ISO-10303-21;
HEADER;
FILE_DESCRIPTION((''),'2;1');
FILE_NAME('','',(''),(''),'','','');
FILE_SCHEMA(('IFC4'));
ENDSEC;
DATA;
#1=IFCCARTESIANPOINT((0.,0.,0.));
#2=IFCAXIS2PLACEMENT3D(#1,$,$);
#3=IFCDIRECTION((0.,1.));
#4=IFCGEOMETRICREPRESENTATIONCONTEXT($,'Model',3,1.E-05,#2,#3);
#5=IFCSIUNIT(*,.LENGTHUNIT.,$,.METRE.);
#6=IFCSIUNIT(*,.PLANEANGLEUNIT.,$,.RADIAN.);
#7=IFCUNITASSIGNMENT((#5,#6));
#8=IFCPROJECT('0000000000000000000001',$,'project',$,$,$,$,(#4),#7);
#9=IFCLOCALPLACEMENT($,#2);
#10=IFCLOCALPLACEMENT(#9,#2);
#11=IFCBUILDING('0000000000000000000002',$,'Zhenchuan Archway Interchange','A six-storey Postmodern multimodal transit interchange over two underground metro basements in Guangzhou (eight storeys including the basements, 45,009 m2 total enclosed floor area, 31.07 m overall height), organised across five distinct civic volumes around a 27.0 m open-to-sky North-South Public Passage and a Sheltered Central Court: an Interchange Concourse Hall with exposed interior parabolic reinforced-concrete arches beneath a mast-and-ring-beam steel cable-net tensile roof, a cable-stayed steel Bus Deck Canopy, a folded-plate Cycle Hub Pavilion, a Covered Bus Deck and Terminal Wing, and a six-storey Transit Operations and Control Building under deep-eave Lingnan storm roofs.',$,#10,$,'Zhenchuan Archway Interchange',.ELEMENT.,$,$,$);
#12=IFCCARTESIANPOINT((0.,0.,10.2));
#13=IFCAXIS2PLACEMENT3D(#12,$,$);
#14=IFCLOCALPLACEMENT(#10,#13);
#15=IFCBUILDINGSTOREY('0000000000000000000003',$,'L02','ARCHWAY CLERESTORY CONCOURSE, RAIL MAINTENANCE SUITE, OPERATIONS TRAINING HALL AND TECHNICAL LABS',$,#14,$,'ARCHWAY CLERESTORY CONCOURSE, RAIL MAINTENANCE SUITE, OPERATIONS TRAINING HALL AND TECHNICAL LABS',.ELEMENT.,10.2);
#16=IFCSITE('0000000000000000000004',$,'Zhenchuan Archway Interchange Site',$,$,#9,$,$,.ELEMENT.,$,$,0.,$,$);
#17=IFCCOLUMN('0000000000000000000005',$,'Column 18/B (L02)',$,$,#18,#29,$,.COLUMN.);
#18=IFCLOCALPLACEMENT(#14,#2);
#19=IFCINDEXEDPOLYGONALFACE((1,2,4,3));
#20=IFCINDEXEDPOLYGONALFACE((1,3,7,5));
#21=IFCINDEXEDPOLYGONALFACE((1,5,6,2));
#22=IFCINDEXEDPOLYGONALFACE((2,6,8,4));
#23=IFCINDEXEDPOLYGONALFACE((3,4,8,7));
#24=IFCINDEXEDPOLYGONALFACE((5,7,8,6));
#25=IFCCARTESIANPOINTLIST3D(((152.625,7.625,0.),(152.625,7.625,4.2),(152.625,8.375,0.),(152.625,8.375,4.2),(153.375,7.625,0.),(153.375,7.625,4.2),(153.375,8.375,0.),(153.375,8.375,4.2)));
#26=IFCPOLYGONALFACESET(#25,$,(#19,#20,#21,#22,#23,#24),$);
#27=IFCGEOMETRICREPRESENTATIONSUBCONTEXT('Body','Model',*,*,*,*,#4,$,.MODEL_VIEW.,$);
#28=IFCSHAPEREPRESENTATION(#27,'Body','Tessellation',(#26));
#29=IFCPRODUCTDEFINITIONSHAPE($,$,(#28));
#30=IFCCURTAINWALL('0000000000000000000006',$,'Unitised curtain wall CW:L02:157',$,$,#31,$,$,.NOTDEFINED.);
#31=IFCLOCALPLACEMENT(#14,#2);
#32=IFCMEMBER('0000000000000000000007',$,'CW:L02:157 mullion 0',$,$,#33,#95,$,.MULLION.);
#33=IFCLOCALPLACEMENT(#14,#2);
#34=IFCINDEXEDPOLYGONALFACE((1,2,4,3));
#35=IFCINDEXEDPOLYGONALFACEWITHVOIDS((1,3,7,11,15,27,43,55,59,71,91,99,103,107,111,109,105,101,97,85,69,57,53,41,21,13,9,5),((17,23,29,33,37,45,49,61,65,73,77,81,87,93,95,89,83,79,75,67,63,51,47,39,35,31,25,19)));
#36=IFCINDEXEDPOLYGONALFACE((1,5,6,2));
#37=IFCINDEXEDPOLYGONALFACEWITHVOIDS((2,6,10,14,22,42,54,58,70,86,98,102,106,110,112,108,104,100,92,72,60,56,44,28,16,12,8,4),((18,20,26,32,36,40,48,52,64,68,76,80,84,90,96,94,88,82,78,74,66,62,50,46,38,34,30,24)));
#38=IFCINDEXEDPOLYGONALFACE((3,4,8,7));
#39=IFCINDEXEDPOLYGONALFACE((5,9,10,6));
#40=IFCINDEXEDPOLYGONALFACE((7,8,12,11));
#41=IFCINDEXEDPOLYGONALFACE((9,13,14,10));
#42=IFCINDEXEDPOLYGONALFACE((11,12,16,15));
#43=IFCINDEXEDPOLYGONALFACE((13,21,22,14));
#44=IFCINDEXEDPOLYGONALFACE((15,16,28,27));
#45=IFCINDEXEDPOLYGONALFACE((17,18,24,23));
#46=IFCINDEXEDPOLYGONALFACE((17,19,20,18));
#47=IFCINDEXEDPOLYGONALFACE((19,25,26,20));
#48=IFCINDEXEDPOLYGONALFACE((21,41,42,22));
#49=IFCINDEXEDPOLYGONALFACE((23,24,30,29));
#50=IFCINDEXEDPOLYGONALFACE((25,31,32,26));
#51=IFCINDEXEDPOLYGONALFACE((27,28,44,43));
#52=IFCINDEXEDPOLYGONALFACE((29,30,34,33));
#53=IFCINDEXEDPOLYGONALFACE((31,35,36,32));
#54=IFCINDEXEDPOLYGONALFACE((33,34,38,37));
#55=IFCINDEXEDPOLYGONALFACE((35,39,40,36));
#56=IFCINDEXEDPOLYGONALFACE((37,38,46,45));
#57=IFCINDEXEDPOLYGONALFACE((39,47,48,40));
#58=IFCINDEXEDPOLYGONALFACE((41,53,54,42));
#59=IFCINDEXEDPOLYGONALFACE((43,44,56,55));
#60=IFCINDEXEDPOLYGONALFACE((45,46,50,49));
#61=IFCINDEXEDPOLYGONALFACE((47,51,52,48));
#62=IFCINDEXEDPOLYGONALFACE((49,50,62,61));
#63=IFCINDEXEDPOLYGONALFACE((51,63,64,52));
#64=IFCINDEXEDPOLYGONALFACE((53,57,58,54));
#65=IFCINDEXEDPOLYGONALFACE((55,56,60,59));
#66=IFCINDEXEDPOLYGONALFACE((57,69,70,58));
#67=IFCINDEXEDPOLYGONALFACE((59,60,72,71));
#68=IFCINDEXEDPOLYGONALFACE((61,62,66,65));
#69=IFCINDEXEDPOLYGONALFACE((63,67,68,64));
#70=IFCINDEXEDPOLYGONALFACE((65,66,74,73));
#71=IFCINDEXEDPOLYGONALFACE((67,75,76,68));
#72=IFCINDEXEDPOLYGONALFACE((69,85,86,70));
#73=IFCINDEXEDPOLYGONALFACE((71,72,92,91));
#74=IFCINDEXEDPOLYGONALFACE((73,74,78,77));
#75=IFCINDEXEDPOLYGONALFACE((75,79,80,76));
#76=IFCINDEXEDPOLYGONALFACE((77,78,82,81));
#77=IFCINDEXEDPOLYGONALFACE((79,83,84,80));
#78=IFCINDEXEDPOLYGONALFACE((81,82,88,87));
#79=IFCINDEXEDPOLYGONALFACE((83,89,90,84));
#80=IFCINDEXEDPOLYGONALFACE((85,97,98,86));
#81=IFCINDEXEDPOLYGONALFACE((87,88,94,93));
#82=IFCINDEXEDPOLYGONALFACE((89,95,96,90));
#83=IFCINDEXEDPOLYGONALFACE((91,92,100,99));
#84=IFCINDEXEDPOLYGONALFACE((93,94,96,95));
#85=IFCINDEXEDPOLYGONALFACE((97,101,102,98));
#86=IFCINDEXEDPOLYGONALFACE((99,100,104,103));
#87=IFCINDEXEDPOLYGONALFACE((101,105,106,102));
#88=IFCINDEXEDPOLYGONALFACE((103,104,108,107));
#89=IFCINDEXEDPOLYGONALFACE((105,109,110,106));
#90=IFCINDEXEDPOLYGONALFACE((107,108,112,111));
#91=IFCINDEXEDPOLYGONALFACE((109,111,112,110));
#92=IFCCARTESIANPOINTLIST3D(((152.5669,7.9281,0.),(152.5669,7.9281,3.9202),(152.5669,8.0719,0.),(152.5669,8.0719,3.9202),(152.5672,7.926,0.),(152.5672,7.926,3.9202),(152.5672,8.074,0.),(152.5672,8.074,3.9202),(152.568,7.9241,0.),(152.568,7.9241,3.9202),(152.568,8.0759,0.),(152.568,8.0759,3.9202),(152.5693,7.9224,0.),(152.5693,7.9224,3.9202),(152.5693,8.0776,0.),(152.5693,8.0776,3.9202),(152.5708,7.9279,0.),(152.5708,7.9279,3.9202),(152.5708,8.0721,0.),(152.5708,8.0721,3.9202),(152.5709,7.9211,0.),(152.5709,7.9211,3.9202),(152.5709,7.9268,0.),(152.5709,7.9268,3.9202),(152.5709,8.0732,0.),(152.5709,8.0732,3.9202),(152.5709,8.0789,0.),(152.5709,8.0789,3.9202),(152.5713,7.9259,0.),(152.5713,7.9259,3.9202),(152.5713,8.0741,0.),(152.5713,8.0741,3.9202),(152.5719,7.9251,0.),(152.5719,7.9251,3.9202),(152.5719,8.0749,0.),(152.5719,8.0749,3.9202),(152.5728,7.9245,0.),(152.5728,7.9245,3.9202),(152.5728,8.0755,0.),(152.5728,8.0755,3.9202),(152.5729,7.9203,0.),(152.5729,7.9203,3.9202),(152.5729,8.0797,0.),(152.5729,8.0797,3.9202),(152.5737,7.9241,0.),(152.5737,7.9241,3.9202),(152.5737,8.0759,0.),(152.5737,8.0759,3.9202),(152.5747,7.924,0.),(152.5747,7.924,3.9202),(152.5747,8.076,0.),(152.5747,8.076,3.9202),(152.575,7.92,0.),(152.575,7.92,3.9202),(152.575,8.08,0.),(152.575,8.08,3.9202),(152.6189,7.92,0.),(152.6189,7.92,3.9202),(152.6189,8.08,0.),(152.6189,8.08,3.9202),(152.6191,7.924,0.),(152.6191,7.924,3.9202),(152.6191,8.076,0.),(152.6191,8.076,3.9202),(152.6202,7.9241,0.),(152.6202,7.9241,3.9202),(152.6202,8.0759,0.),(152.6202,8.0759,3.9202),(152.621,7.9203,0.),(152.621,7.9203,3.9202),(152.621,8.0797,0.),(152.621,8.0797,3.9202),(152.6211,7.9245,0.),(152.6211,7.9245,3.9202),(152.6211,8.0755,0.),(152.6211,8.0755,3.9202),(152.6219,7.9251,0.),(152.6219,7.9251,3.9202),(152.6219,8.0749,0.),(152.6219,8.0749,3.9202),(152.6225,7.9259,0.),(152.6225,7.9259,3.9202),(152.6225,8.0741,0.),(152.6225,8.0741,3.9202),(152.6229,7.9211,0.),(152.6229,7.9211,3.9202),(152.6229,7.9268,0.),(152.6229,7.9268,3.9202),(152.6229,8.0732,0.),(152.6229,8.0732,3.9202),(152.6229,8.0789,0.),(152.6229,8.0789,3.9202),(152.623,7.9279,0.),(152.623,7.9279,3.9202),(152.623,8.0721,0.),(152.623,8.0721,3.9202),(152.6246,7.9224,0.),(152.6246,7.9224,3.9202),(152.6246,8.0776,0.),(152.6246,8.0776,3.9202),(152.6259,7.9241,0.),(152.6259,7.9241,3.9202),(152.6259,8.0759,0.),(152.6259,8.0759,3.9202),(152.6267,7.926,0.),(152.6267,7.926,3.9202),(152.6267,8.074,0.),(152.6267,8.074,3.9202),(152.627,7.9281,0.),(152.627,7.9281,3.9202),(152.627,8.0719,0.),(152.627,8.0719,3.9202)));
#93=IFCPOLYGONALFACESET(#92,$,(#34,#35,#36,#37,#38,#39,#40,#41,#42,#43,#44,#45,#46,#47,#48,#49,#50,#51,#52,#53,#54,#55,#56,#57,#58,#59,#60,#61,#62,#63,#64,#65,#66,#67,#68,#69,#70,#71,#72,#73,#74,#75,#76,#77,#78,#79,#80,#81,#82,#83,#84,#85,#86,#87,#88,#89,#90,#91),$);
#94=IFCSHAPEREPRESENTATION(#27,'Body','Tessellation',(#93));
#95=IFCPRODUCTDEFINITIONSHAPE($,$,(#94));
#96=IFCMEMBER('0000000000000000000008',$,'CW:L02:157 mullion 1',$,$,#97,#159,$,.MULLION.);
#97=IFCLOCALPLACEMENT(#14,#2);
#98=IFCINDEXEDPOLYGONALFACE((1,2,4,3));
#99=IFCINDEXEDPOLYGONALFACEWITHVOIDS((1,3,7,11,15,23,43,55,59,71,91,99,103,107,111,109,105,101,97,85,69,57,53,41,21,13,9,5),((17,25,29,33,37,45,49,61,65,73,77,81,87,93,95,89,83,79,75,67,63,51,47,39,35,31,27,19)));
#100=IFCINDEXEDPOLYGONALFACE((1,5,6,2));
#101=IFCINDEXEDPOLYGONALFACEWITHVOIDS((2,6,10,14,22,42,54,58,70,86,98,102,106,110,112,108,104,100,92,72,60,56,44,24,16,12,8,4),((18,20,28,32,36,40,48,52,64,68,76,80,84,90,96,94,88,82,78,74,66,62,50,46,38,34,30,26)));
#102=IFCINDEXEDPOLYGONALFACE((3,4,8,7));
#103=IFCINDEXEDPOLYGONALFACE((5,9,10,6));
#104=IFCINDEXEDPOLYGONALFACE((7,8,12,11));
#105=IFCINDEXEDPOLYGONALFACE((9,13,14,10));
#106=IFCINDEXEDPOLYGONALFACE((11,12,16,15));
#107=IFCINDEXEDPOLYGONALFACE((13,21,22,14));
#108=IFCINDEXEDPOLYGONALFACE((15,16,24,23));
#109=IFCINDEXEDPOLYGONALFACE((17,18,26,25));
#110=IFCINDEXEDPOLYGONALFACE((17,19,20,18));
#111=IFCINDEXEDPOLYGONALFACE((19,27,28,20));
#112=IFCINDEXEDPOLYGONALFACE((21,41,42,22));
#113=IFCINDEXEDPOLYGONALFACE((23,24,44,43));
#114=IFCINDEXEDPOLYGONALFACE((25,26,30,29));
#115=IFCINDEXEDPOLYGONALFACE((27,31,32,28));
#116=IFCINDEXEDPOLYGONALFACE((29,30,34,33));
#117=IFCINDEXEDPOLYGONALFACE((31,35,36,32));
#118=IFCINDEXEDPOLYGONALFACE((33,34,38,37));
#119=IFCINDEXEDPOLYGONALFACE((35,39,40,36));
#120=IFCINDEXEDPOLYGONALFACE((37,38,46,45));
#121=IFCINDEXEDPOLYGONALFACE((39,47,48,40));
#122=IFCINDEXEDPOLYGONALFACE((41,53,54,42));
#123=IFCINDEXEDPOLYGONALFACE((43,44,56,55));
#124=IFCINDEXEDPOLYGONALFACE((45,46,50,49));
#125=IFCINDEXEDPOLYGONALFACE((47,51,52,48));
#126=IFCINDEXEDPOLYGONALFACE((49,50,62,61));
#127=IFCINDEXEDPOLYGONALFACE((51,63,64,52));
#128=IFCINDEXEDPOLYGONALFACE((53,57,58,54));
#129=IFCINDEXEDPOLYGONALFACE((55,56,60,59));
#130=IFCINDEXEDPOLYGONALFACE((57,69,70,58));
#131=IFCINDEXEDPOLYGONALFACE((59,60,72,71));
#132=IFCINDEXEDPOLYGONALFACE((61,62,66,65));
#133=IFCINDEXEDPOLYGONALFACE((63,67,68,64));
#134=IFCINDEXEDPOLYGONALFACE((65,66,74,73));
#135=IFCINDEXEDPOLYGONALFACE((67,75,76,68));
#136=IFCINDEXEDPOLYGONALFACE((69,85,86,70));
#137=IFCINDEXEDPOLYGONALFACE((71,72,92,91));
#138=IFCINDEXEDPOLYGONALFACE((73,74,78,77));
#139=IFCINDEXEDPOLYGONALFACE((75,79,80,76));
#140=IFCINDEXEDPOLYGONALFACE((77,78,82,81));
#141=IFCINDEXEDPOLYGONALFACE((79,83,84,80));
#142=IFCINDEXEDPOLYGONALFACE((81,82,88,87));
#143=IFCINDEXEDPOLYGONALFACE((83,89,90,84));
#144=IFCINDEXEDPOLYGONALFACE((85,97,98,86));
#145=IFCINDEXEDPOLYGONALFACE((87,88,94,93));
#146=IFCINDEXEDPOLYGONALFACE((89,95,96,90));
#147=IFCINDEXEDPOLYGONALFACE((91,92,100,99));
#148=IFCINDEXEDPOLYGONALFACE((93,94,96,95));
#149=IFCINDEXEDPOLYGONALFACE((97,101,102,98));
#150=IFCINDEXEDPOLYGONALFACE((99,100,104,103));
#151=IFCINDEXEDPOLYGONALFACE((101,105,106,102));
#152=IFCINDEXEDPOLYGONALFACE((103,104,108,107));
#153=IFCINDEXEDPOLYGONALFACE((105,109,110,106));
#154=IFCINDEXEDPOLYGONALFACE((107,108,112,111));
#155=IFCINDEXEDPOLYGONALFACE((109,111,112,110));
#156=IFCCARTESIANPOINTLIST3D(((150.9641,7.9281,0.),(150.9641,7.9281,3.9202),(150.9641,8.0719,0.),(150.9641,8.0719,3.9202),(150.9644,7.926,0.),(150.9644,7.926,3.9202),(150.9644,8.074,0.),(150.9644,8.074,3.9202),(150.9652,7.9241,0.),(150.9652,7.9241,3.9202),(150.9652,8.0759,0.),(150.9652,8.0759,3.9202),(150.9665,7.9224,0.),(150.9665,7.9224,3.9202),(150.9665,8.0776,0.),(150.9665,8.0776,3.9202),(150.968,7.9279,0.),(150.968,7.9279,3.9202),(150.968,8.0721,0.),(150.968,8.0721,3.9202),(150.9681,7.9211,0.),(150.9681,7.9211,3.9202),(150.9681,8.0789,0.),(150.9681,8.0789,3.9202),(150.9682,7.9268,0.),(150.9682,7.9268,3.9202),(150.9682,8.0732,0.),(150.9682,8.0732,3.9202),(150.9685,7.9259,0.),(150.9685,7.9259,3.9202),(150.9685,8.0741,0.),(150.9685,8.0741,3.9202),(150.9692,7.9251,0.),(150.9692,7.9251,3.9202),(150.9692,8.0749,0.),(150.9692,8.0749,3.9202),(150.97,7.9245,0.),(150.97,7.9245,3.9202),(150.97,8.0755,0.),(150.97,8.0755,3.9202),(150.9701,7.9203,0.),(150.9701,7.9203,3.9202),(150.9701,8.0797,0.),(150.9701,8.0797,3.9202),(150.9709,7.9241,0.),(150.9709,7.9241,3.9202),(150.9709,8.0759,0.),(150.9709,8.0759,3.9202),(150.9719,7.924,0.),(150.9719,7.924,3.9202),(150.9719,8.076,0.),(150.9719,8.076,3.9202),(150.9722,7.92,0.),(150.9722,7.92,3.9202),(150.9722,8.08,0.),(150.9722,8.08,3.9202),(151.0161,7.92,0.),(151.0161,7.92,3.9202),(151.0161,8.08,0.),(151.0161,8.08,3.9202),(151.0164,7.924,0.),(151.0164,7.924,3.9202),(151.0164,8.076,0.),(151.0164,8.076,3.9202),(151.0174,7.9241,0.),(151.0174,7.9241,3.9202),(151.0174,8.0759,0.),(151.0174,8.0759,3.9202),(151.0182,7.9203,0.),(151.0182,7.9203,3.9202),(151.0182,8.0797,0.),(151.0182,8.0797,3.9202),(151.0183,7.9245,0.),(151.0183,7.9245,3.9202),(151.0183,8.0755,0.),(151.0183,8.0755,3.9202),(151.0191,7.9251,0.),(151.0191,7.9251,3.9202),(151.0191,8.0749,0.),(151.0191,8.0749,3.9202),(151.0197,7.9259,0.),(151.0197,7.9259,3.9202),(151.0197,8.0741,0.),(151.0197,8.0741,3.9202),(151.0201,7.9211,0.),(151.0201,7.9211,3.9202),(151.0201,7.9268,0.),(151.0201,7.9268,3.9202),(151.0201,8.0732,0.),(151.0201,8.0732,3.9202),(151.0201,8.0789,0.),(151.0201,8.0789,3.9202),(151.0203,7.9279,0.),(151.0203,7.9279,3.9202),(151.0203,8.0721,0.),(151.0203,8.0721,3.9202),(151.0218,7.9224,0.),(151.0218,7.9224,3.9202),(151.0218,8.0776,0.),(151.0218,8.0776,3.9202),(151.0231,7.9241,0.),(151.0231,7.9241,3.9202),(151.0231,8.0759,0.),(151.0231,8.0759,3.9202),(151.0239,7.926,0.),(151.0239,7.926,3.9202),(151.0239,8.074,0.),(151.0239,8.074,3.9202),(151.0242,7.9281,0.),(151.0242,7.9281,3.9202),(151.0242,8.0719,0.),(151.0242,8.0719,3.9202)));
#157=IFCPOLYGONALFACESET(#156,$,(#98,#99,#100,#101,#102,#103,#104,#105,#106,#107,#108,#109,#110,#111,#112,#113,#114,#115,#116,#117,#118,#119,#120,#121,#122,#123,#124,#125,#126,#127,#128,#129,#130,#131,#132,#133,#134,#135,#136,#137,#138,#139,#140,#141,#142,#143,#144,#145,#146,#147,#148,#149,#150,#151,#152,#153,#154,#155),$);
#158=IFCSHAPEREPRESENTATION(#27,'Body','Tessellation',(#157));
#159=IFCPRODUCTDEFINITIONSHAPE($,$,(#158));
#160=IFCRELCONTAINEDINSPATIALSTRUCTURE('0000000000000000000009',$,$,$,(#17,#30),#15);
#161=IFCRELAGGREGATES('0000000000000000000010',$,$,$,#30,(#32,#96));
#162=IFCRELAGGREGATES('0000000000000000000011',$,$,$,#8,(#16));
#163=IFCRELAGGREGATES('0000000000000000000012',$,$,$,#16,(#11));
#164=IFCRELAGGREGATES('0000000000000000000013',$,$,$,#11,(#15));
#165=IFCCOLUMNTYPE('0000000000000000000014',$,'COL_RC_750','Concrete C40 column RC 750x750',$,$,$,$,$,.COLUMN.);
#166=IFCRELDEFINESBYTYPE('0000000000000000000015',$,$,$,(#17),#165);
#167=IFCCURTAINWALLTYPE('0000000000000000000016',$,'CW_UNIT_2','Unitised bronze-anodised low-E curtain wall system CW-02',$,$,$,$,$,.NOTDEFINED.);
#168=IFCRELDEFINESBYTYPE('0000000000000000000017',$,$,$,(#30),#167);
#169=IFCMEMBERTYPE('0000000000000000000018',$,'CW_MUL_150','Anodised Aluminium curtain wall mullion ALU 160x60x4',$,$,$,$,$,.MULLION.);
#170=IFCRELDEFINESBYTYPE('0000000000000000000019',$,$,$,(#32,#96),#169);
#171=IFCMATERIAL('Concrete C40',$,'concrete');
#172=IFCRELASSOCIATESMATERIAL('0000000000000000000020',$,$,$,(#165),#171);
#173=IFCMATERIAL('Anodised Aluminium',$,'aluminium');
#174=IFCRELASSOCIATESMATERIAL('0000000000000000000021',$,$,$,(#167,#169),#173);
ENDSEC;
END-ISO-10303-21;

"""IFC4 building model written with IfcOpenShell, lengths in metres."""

from ifc_helpers import new_model, si_unit, direction, frame, origin, origin_2d, place, context, subcontext, project, spatial, rectangle, hollow_rectangle, extrude, material, material_profile, profile_set, type_object, element, aggregate, save


model = new_model("IFC4")

# Units and contexts
model_context = context("Model", 3, precision=1e-05, world=origin(), true_north=direction((0.0, 1.0)))
body_context = subcontext(model_context, "Body", "Model", "MODEL_VIEW")
ifc_project = project(units=[si_unit("LENGTHUNIT", "METRE"), si_unit("PLANEANGLEUNIT", "RADIAN")], contexts=[model_context])

# Site, building, storey
site_placement = place(None, origin())
site = spatial("IfcSite", under=ifc_project, at=site_placement, Name="Zhenchuan Archway Interchange Site", CompositionType="ELEMENT", RefElevation=0.0)
building_placement = place(site_placement, origin())
building = spatial("IfcBuilding", under=site, at=building_placement, Name="Zhenchuan Archway Interchange", Description="A six-storey Postmodern multimodal transit interchange over two underground metro basements in Guangzhou (eight storeys including the basements, 45,009 m2 total enclosed floor area, 31.07 m overall height), organised across five distinct civic volumes around a 27.0 m open-to-sky North-South Public Passage and a Sheltered Central Court: an Interchange Concourse Hall with exposed interior parabolic reinforced-concrete arches beneath a mast-and-ring-beam steel cable-net tensile roof, a cable-stayed steel Bus Deck Canopy, a folded-plate Cycle Hub Pavilion, a Covered Bus Deck and Terminal Wing, and a six-storey Transit Operations and Control Building under deep-eave Lingnan storm roofs.", LongName="Zhenchuan Archway Interchange", CompositionType="ELEMENT")
storey_placement = place(building_placement, frame((0.0, 0.0, 10.2)))
storey = spatial("IfcBuildingStorey", under=building, at=storey_placement, Name="L02", Description="ARCHWAY CLERESTORY CONCOURSE, RAIL MAINTENANCE SUITE, OPERATIONS TRAINING HALL AND TECHNICAL LABS", LongName="ARCHWAY CLERESTORY CONCOURSE, RAIL MAINTENANCE SUITE, OPERATIONS TRAINING HALL AND TECHNICAL LABS", CompositionType="ELEMENT", Elevation=10.2)

# Column
ifc_material_1 = material(Name="Concrete C40", Category="concrete")
ifc_material_profile_1 = material_profile(ifc_material_1, rectangle(XDim=0.75, YDim=0.75, at=origin_2d()), Name="RC 750x750")
ifc_profile_set_1 = profile_set([ifc_material_profile_1], Name="Concrete C40")
column_type = type_object("IfcColumnType", Name="COL_RC_750", Description="Concrete C40 column RC 750x750", PredefinedType="COLUMN", material=ifc_profile_set_1)
column_placement = place(storey_placement, frame((153.0, 8.0, 0.0), z_axis=(0.0, 0.0, 1.0), x_axis=(1.0, 0.0, 0.0)))
element("IfcColumn", 1, at=column_placement, inside=storey, type_object=column_type, Name="Column 18/B (L02)", PredefinedType="COLUMN", context=body_context, shape_type="SweptSolid", body=[
    extrude(rectangle(XDim=0.75, YDim=0.75, at=origin_2d()), origin(), (0.0, 0.0, 1.0), 4.2),
])

# Curtain wall, members
ifc_material_2 = material(Name="Anodised Aluminium", Category="aluminium")
curtain_wall_type = type_object("IfcCurtainWallType", Name="CW_UNIT_2", Description="Unitised bronze-anodised low-E curtain wall system CW-02", PredefinedType="NOTDEFINED", material=ifc_material_2)
curtain_wall_placement = place(storey_placement, origin())
curtain_wall = element("IfcCurtainWall", 2, at=curtain_wall_placement, inside=storey, type_object=curtain_wall_type, Name="Unitised curtain wall CW:L02:157", PredefinedType="NOTDEFINED")
ifc_material_profile_2 = material_profile(ifc_material_2, hollow_rectangle(XDim=0.0601, YDim=0.1599, WallThickness=0.0039, InnerFilletRadius=0.0039, OuterFilletRadius=0.0081, at=origin_2d()), Name="ALU 160x60x4")
ifc_profile_set_2 = profile_set([ifc_material_profile_2], Name="Anodised Aluminium")
member_type_1 = type_object("IfcMemberType", Name="CW_MUL_150", Description="Anodised Aluminium curtain wall mullion ALU 160x60x4", PredefinedType="MULLION", material=ifc_profile_set_2)
member_1_placement = place(storey_placement, frame((152.5969, 8.0, 0.0), z_axis=(0.0, 0.0, 1.0), x_axis=(1.0, 0.0, 0.0)))
member_1 = element("IfcMember", 3, at=member_1_placement, type_object=member_type_1, Name="CW:L02:157 mullion 0", PredefinedType="MULLION", context=body_context, shape_type="SweptSolid", body=[
    extrude(hollow_rectangle(XDim=0.0601, YDim=0.1599, WallThickness=0.0039, InnerFilletRadius=0.0039, OuterFilletRadius=0.0081, at=origin_2d()), origin(), (0.0, 0.0, 1.0), 3.9202),
])
member_2_placement = place(storey_placement, frame((150.9941, 8.0, 0.0), z_axis=(0.0, 0.0, 1.0), x_axis=(1.0, 0.0, 0.0)))
member_2 = element("IfcMember", 4, at=member_2_placement, type_object=member_type_1, Name="CW:L02:157 mullion 1", PredefinedType="MULLION", context=body_context, shape_type="SweptSolid", body=[
    extrude(hollow_rectangle(XDim=0.0601, YDim=0.1599, WallThickness=0.0039, InnerFilletRadius=0.0039, OuterFilletRadius=0.0081, at=origin_2d()), origin(), (0.0, 0.0, 1.0), 3.9202),
])

aggregate(curtain_wall, [member_1, member_2])

save(model, "model.ifc")
